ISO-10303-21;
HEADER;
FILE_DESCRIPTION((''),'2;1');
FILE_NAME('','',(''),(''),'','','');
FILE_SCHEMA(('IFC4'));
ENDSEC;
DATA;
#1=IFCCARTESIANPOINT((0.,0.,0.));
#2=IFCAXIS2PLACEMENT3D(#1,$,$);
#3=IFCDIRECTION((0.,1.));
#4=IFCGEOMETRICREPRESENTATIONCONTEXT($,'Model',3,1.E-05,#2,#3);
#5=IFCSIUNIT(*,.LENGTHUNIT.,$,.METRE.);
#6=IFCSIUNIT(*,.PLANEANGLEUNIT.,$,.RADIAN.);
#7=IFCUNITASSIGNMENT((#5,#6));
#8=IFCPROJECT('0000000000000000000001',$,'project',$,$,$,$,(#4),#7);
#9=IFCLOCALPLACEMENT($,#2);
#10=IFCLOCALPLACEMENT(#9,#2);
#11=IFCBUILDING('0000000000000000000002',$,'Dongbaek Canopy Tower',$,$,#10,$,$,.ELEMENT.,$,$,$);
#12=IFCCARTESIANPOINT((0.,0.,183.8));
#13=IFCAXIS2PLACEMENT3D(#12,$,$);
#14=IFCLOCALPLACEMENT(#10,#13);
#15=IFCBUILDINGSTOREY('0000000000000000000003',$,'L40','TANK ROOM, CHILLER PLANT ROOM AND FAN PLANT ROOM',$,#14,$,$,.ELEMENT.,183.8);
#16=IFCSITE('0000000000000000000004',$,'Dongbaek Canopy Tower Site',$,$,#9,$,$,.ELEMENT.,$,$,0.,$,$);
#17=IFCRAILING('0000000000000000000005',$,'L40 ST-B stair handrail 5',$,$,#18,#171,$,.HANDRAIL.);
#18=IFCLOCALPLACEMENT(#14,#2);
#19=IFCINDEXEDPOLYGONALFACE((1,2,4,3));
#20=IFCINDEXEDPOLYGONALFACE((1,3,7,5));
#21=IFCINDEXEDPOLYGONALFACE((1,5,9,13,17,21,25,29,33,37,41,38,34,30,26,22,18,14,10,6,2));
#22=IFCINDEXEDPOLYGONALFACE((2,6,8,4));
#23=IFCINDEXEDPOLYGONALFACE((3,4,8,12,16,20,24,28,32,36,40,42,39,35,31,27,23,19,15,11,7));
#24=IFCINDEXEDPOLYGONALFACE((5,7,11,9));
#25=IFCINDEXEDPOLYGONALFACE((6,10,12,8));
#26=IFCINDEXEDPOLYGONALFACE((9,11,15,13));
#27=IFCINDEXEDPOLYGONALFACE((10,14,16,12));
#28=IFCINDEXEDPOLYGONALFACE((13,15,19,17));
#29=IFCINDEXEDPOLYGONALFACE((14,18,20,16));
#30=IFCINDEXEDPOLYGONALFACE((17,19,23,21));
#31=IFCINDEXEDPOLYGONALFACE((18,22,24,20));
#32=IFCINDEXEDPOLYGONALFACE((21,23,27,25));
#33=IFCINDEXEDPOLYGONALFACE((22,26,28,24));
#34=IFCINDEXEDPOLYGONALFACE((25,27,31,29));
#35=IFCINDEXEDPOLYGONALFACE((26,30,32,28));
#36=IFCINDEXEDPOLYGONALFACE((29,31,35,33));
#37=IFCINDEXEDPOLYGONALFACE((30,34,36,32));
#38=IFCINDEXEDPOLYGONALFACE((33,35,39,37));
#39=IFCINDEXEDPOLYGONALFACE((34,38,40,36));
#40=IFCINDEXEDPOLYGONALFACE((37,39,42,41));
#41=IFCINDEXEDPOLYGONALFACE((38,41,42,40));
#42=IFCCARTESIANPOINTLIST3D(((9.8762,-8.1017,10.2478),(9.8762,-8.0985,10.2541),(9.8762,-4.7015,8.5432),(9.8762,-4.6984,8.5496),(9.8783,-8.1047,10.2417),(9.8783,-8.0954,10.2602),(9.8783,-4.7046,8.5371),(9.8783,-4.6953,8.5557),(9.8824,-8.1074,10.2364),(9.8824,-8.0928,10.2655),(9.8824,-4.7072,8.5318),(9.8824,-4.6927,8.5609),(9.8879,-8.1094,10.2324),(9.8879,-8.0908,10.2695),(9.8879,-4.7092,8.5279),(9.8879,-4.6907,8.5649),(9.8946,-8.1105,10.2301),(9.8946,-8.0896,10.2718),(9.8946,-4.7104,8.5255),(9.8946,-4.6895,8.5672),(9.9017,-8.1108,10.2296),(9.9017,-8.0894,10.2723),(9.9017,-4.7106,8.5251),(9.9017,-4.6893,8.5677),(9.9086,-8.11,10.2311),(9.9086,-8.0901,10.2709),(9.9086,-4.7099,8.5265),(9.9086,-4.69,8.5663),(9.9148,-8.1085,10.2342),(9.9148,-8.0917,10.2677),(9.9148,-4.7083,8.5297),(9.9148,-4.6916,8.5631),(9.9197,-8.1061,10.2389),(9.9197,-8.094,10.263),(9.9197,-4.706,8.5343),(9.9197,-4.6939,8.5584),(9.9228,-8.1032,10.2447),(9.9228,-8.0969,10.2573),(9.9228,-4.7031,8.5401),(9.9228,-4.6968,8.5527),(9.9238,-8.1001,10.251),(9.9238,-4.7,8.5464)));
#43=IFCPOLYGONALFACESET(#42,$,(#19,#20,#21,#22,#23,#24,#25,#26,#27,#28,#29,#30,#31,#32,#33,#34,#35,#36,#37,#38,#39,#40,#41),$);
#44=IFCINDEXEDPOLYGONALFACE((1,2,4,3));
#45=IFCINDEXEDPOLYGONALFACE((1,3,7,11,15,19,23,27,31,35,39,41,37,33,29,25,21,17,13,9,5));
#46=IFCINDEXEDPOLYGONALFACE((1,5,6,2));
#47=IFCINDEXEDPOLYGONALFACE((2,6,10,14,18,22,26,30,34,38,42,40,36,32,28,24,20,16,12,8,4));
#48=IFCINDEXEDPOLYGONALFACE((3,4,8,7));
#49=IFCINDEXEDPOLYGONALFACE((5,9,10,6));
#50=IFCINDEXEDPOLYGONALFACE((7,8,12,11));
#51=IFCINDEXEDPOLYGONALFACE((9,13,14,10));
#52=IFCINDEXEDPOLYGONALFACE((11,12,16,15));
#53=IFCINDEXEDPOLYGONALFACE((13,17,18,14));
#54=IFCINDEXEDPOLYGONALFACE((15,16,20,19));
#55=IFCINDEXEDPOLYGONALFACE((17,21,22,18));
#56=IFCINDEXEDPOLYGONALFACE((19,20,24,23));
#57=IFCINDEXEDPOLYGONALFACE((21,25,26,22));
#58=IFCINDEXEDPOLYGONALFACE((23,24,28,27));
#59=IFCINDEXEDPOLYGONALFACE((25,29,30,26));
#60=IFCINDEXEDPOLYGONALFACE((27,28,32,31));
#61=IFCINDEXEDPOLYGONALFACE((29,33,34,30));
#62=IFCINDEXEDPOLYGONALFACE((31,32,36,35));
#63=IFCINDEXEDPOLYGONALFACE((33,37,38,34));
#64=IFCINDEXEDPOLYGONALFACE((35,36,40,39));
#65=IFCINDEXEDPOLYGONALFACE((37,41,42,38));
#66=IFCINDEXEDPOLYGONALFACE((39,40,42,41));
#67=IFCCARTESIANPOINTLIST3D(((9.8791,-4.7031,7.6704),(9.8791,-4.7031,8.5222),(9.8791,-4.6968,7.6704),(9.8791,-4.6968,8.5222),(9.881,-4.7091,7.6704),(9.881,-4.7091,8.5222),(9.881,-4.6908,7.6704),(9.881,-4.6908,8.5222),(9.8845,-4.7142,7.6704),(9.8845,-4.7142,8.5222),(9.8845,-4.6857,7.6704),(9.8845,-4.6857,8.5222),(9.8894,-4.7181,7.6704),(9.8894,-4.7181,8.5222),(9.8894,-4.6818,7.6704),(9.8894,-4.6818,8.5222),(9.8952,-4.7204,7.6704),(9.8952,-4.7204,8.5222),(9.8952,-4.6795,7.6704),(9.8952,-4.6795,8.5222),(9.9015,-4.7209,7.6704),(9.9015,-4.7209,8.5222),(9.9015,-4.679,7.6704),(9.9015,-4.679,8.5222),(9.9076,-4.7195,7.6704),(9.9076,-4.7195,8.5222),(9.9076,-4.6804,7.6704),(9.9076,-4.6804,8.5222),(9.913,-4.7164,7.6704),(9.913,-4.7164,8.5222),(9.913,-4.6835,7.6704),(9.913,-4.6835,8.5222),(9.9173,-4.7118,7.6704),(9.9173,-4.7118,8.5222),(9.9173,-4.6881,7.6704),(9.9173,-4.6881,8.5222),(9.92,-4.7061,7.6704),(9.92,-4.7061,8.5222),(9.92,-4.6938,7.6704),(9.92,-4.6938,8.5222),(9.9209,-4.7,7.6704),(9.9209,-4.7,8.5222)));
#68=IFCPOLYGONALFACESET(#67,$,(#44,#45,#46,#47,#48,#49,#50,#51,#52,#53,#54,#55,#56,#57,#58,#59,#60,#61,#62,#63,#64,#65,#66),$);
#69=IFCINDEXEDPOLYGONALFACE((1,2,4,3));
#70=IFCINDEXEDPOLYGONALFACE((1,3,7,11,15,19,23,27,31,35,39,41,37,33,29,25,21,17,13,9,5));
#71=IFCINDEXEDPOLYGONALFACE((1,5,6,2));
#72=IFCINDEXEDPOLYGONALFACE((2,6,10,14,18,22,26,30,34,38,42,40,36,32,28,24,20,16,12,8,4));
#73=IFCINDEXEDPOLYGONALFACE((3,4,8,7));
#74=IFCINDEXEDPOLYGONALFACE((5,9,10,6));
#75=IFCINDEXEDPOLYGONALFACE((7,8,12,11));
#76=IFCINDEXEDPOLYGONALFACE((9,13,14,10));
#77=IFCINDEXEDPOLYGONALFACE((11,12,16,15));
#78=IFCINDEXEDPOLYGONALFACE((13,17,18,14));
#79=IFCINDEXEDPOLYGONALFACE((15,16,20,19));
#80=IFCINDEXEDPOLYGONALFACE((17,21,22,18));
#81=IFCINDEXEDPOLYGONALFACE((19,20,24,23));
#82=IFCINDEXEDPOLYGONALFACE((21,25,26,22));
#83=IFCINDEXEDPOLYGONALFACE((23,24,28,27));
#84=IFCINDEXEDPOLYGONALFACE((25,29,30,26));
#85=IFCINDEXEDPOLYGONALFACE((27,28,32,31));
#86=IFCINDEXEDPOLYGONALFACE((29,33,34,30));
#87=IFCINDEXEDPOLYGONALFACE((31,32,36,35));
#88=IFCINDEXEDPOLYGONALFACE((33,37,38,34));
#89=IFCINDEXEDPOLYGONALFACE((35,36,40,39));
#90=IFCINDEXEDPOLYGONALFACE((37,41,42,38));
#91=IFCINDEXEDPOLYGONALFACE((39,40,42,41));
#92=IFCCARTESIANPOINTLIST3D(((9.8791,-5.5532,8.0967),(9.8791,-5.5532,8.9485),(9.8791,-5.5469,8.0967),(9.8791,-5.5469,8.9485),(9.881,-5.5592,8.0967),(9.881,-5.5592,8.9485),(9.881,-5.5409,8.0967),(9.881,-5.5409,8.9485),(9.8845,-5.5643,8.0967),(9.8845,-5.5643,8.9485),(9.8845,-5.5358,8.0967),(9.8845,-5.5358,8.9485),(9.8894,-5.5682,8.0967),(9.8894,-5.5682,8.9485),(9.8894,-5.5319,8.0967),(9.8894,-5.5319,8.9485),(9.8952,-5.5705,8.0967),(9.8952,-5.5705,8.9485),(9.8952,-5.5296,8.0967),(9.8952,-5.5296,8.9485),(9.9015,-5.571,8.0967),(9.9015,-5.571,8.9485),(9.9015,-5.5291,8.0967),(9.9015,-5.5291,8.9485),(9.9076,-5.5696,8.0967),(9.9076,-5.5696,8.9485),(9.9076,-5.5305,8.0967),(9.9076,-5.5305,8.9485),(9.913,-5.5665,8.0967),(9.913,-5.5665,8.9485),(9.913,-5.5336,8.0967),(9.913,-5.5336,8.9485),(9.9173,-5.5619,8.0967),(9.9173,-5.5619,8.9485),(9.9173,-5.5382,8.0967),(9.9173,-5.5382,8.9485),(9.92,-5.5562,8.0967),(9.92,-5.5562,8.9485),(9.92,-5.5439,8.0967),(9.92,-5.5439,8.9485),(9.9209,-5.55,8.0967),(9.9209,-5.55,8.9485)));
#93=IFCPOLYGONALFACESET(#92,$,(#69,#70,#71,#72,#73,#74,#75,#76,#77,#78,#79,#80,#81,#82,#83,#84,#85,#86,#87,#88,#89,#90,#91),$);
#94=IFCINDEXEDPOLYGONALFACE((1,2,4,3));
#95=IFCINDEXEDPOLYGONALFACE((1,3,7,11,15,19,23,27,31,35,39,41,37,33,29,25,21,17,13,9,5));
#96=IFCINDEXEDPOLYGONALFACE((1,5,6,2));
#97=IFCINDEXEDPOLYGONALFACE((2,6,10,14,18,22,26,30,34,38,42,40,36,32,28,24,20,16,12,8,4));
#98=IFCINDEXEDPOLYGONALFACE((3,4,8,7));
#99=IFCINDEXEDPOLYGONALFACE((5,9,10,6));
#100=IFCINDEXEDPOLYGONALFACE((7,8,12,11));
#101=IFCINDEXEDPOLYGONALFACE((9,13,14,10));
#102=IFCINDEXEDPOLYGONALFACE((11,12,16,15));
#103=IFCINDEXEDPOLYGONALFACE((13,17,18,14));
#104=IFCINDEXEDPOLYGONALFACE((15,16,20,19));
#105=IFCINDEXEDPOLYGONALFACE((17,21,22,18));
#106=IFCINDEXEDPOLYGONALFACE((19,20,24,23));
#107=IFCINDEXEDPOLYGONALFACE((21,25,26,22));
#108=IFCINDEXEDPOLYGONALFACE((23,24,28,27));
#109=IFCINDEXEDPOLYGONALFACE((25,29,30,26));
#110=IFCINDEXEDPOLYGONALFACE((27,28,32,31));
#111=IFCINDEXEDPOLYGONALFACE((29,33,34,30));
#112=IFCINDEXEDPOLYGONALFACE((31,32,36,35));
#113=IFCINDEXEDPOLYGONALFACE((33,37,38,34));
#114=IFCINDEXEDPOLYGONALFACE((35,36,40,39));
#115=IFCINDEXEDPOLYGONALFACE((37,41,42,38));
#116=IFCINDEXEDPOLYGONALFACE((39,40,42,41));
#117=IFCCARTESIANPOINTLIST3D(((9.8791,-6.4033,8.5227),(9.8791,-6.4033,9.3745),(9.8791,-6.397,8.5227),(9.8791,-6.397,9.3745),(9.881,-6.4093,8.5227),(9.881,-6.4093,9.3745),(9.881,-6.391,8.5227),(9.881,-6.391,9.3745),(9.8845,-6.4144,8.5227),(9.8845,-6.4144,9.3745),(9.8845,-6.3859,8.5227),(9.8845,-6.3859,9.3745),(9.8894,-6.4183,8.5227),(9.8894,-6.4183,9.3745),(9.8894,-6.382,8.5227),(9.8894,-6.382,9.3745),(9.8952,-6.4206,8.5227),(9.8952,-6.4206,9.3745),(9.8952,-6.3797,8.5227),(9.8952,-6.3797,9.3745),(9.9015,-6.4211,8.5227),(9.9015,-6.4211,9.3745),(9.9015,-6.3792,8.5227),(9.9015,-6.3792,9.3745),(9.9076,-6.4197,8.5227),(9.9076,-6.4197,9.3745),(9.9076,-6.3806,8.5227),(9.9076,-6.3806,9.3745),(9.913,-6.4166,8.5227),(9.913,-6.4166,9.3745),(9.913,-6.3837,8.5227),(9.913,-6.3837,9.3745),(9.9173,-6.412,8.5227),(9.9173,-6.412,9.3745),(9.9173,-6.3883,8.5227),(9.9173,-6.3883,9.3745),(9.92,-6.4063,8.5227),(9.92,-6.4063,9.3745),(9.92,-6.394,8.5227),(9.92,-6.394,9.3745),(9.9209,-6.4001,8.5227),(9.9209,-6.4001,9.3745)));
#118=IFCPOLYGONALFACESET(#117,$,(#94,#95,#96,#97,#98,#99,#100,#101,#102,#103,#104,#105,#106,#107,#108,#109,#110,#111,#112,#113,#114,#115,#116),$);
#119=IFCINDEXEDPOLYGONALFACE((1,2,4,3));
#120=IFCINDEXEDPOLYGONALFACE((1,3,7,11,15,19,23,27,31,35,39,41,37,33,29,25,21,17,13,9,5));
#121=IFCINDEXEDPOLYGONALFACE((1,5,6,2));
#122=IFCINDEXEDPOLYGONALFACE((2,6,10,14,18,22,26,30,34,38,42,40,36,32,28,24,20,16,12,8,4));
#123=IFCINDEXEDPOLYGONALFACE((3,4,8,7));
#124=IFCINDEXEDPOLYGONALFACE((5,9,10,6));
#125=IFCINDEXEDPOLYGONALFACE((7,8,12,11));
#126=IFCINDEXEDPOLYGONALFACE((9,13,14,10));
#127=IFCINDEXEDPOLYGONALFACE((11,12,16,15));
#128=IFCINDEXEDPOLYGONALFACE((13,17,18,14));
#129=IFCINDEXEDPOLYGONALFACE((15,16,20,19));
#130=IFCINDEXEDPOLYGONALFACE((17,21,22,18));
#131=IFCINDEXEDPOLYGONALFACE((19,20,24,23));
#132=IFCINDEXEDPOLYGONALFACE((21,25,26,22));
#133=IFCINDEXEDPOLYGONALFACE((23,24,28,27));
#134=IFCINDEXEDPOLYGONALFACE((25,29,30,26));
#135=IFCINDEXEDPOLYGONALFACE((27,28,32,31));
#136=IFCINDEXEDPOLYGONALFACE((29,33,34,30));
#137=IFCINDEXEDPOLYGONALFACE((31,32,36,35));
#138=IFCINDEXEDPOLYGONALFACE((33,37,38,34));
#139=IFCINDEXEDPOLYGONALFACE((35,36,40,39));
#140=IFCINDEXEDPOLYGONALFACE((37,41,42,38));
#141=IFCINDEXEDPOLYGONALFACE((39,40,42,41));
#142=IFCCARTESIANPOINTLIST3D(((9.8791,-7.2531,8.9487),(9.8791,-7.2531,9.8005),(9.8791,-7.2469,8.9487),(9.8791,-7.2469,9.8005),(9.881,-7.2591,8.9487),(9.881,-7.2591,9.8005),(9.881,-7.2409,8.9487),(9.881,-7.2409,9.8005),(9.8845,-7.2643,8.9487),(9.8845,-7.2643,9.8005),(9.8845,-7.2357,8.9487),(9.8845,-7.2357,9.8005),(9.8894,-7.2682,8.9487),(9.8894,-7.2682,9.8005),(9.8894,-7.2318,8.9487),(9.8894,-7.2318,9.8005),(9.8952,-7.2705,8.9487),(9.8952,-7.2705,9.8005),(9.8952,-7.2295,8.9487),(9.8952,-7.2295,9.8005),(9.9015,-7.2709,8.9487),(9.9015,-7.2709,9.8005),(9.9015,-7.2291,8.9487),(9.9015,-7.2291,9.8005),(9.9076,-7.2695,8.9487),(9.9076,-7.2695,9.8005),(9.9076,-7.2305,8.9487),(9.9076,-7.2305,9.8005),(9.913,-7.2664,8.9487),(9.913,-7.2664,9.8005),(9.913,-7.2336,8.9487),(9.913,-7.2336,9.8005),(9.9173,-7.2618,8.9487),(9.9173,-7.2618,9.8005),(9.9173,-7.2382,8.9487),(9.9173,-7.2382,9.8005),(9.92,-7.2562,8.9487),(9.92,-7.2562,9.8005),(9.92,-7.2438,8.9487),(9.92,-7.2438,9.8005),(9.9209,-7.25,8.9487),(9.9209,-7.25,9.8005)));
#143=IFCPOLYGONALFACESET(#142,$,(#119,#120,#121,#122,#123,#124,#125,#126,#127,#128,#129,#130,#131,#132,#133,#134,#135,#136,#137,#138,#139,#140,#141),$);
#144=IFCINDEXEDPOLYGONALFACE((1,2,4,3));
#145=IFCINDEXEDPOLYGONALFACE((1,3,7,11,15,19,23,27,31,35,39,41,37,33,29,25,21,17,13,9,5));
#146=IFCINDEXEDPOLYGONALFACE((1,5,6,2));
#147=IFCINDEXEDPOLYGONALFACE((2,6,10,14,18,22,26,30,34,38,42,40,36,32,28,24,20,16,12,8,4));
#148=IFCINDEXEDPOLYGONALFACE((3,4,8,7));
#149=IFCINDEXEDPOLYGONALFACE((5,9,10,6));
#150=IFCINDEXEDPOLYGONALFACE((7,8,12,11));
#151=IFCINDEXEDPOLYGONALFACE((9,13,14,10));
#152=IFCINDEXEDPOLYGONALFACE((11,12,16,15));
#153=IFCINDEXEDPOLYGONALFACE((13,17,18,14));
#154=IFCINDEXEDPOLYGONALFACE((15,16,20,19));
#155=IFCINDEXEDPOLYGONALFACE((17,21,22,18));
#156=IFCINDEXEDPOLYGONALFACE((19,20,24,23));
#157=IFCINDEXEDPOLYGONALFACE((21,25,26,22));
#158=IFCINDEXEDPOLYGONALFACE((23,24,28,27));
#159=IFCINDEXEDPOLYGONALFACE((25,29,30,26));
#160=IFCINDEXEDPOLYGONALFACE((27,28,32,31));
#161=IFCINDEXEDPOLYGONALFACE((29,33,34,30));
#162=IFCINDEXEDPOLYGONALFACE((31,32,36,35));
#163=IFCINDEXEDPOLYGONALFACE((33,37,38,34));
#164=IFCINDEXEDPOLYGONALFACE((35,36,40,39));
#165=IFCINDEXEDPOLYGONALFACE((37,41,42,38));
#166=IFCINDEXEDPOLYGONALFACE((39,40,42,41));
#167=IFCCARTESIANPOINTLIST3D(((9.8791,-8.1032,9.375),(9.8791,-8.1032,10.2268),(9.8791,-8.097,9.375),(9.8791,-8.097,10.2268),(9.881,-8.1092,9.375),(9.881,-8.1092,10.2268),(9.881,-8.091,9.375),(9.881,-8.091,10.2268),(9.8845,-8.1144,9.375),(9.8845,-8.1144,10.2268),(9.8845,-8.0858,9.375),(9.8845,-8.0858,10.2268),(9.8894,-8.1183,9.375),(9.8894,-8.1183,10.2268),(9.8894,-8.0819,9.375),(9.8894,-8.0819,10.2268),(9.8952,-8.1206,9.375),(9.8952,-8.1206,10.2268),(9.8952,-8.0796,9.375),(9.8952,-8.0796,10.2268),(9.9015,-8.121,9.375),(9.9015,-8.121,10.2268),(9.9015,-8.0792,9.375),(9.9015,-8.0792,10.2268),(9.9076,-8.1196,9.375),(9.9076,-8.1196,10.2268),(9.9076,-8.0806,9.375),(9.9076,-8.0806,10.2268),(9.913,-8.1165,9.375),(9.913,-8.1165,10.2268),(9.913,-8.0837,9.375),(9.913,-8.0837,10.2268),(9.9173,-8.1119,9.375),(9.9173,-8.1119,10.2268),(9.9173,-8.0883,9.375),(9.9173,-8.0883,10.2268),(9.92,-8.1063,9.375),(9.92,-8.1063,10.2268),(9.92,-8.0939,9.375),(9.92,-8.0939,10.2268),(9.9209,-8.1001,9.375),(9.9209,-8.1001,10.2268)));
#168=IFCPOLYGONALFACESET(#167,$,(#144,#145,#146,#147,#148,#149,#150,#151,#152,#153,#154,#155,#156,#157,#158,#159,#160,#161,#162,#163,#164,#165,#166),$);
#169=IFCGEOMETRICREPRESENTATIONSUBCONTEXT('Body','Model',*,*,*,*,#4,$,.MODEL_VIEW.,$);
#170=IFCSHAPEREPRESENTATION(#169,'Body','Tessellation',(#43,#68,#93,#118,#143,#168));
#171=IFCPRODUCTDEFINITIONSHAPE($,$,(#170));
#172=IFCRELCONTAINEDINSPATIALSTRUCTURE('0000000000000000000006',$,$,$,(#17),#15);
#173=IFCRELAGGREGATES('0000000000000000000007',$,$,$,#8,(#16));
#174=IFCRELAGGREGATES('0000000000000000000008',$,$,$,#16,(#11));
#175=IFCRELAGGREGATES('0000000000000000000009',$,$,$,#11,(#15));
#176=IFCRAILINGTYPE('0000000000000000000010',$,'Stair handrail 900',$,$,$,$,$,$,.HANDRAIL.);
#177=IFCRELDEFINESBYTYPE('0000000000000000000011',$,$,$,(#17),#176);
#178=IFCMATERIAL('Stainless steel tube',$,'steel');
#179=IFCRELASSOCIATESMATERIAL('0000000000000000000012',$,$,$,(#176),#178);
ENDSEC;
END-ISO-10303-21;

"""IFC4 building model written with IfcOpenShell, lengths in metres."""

from ifc_helpers import new_model, si_unit, direction, frame, origin, origin_2d, place, context, subcontext, project, spatial, circle, extrude, material, type_object, element, save


model = new_model("IFC4")

# Units and contexts
model_context = context("Model", 3, precision=1e-05, world=origin(), true_north=direction((0.0, 1.0)))
body_context = subcontext(model_context, "Body", "Model", "MODEL_VIEW")
ifc_project = project(units=[si_unit("LENGTHUNIT", "METRE"), si_unit("PLANEANGLEUNIT", "RADIAN")], contexts=[model_context])

# Site, building, storey
site_placement = place(None, origin())
site = spatial("IfcSite", under=ifc_project, at=site_placement, Name="Dongbaek Canopy Tower Site", CompositionType="ELEMENT", RefElevation=0.0)
building_placement = place(site_placement, origin())
building = spatial("IfcBuilding", under=site, at=building_placement, Name="Dongbaek Canopy Tower", CompositionType="ELEMENT")
storey_placement = place(building_placement, frame((0.0, 0.0, 183.8)))
storey = spatial("IfcBuildingStorey", under=building, at=storey_placement, Name="L40", Description="TANK ROOM, CHILLER PLANT ROOM AND FAN PLANT ROOM", CompositionType="ELEMENT", Elevation=183.8)

# Railing
ifc_material_1 = material(Name="Stainless steel tube", Category="steel")
railing_type_1 = type_object("IfcRailingType", Name="Stair handrail 900", PredefinedType="HANDRAIL", material=ifc_material_1)
for number, where, name in (
    (1, (9.8999, -4.7, 7.6704), "L40 ST-B stair handrail 5"),
):
    element("IfcRailing", number, at=place(storey_placement, frame(where)), inside=storey, type_object=railing_type_1, Name=name, PredefinedType="HANDRAIL", context=body_context, shape_type="SweptSolid", body=[
        extrude(circle(Radius=0.0239, at=origin_2d()), frame((0.0, 0.0, 0.876), z_axis=(0.0, -0.893952, 0.448163), x_axis=(1.0, 0.0, 0.0)), (0.0, 0.0, 1.0), 3.8035),
        extrude(circle(Radius=0.021, at=origin_2d()), origin(), (0.0, 0.0, 1.0), 0.8518),
        extrude(circle(Radius=0.021, at=origin_2d()), frame((0.0, -0.8501, 0.4263)), (0.0, 0.0, 1.0), 0.8518),
        extrude(circle(Radius=0.021, at=origin_2d()), frame((0.0, -1.7002, 0.8523)), (0.0, 0.0, 1.0), 0.8518),
        extrude(circle(Radius=0.021, at=origin_2d()), frame((0.0, -2.55, 1.2783)), (0.0, 0.0, 1.0), 0.8518),
        extrude(circle(Radius=0.021, at=origin_2d()), frame((0.0, -3.4001, 1.7046)), (0.0, 0.0, 1.0), 0.8518),
    ])

save(model, "model.ifc")
